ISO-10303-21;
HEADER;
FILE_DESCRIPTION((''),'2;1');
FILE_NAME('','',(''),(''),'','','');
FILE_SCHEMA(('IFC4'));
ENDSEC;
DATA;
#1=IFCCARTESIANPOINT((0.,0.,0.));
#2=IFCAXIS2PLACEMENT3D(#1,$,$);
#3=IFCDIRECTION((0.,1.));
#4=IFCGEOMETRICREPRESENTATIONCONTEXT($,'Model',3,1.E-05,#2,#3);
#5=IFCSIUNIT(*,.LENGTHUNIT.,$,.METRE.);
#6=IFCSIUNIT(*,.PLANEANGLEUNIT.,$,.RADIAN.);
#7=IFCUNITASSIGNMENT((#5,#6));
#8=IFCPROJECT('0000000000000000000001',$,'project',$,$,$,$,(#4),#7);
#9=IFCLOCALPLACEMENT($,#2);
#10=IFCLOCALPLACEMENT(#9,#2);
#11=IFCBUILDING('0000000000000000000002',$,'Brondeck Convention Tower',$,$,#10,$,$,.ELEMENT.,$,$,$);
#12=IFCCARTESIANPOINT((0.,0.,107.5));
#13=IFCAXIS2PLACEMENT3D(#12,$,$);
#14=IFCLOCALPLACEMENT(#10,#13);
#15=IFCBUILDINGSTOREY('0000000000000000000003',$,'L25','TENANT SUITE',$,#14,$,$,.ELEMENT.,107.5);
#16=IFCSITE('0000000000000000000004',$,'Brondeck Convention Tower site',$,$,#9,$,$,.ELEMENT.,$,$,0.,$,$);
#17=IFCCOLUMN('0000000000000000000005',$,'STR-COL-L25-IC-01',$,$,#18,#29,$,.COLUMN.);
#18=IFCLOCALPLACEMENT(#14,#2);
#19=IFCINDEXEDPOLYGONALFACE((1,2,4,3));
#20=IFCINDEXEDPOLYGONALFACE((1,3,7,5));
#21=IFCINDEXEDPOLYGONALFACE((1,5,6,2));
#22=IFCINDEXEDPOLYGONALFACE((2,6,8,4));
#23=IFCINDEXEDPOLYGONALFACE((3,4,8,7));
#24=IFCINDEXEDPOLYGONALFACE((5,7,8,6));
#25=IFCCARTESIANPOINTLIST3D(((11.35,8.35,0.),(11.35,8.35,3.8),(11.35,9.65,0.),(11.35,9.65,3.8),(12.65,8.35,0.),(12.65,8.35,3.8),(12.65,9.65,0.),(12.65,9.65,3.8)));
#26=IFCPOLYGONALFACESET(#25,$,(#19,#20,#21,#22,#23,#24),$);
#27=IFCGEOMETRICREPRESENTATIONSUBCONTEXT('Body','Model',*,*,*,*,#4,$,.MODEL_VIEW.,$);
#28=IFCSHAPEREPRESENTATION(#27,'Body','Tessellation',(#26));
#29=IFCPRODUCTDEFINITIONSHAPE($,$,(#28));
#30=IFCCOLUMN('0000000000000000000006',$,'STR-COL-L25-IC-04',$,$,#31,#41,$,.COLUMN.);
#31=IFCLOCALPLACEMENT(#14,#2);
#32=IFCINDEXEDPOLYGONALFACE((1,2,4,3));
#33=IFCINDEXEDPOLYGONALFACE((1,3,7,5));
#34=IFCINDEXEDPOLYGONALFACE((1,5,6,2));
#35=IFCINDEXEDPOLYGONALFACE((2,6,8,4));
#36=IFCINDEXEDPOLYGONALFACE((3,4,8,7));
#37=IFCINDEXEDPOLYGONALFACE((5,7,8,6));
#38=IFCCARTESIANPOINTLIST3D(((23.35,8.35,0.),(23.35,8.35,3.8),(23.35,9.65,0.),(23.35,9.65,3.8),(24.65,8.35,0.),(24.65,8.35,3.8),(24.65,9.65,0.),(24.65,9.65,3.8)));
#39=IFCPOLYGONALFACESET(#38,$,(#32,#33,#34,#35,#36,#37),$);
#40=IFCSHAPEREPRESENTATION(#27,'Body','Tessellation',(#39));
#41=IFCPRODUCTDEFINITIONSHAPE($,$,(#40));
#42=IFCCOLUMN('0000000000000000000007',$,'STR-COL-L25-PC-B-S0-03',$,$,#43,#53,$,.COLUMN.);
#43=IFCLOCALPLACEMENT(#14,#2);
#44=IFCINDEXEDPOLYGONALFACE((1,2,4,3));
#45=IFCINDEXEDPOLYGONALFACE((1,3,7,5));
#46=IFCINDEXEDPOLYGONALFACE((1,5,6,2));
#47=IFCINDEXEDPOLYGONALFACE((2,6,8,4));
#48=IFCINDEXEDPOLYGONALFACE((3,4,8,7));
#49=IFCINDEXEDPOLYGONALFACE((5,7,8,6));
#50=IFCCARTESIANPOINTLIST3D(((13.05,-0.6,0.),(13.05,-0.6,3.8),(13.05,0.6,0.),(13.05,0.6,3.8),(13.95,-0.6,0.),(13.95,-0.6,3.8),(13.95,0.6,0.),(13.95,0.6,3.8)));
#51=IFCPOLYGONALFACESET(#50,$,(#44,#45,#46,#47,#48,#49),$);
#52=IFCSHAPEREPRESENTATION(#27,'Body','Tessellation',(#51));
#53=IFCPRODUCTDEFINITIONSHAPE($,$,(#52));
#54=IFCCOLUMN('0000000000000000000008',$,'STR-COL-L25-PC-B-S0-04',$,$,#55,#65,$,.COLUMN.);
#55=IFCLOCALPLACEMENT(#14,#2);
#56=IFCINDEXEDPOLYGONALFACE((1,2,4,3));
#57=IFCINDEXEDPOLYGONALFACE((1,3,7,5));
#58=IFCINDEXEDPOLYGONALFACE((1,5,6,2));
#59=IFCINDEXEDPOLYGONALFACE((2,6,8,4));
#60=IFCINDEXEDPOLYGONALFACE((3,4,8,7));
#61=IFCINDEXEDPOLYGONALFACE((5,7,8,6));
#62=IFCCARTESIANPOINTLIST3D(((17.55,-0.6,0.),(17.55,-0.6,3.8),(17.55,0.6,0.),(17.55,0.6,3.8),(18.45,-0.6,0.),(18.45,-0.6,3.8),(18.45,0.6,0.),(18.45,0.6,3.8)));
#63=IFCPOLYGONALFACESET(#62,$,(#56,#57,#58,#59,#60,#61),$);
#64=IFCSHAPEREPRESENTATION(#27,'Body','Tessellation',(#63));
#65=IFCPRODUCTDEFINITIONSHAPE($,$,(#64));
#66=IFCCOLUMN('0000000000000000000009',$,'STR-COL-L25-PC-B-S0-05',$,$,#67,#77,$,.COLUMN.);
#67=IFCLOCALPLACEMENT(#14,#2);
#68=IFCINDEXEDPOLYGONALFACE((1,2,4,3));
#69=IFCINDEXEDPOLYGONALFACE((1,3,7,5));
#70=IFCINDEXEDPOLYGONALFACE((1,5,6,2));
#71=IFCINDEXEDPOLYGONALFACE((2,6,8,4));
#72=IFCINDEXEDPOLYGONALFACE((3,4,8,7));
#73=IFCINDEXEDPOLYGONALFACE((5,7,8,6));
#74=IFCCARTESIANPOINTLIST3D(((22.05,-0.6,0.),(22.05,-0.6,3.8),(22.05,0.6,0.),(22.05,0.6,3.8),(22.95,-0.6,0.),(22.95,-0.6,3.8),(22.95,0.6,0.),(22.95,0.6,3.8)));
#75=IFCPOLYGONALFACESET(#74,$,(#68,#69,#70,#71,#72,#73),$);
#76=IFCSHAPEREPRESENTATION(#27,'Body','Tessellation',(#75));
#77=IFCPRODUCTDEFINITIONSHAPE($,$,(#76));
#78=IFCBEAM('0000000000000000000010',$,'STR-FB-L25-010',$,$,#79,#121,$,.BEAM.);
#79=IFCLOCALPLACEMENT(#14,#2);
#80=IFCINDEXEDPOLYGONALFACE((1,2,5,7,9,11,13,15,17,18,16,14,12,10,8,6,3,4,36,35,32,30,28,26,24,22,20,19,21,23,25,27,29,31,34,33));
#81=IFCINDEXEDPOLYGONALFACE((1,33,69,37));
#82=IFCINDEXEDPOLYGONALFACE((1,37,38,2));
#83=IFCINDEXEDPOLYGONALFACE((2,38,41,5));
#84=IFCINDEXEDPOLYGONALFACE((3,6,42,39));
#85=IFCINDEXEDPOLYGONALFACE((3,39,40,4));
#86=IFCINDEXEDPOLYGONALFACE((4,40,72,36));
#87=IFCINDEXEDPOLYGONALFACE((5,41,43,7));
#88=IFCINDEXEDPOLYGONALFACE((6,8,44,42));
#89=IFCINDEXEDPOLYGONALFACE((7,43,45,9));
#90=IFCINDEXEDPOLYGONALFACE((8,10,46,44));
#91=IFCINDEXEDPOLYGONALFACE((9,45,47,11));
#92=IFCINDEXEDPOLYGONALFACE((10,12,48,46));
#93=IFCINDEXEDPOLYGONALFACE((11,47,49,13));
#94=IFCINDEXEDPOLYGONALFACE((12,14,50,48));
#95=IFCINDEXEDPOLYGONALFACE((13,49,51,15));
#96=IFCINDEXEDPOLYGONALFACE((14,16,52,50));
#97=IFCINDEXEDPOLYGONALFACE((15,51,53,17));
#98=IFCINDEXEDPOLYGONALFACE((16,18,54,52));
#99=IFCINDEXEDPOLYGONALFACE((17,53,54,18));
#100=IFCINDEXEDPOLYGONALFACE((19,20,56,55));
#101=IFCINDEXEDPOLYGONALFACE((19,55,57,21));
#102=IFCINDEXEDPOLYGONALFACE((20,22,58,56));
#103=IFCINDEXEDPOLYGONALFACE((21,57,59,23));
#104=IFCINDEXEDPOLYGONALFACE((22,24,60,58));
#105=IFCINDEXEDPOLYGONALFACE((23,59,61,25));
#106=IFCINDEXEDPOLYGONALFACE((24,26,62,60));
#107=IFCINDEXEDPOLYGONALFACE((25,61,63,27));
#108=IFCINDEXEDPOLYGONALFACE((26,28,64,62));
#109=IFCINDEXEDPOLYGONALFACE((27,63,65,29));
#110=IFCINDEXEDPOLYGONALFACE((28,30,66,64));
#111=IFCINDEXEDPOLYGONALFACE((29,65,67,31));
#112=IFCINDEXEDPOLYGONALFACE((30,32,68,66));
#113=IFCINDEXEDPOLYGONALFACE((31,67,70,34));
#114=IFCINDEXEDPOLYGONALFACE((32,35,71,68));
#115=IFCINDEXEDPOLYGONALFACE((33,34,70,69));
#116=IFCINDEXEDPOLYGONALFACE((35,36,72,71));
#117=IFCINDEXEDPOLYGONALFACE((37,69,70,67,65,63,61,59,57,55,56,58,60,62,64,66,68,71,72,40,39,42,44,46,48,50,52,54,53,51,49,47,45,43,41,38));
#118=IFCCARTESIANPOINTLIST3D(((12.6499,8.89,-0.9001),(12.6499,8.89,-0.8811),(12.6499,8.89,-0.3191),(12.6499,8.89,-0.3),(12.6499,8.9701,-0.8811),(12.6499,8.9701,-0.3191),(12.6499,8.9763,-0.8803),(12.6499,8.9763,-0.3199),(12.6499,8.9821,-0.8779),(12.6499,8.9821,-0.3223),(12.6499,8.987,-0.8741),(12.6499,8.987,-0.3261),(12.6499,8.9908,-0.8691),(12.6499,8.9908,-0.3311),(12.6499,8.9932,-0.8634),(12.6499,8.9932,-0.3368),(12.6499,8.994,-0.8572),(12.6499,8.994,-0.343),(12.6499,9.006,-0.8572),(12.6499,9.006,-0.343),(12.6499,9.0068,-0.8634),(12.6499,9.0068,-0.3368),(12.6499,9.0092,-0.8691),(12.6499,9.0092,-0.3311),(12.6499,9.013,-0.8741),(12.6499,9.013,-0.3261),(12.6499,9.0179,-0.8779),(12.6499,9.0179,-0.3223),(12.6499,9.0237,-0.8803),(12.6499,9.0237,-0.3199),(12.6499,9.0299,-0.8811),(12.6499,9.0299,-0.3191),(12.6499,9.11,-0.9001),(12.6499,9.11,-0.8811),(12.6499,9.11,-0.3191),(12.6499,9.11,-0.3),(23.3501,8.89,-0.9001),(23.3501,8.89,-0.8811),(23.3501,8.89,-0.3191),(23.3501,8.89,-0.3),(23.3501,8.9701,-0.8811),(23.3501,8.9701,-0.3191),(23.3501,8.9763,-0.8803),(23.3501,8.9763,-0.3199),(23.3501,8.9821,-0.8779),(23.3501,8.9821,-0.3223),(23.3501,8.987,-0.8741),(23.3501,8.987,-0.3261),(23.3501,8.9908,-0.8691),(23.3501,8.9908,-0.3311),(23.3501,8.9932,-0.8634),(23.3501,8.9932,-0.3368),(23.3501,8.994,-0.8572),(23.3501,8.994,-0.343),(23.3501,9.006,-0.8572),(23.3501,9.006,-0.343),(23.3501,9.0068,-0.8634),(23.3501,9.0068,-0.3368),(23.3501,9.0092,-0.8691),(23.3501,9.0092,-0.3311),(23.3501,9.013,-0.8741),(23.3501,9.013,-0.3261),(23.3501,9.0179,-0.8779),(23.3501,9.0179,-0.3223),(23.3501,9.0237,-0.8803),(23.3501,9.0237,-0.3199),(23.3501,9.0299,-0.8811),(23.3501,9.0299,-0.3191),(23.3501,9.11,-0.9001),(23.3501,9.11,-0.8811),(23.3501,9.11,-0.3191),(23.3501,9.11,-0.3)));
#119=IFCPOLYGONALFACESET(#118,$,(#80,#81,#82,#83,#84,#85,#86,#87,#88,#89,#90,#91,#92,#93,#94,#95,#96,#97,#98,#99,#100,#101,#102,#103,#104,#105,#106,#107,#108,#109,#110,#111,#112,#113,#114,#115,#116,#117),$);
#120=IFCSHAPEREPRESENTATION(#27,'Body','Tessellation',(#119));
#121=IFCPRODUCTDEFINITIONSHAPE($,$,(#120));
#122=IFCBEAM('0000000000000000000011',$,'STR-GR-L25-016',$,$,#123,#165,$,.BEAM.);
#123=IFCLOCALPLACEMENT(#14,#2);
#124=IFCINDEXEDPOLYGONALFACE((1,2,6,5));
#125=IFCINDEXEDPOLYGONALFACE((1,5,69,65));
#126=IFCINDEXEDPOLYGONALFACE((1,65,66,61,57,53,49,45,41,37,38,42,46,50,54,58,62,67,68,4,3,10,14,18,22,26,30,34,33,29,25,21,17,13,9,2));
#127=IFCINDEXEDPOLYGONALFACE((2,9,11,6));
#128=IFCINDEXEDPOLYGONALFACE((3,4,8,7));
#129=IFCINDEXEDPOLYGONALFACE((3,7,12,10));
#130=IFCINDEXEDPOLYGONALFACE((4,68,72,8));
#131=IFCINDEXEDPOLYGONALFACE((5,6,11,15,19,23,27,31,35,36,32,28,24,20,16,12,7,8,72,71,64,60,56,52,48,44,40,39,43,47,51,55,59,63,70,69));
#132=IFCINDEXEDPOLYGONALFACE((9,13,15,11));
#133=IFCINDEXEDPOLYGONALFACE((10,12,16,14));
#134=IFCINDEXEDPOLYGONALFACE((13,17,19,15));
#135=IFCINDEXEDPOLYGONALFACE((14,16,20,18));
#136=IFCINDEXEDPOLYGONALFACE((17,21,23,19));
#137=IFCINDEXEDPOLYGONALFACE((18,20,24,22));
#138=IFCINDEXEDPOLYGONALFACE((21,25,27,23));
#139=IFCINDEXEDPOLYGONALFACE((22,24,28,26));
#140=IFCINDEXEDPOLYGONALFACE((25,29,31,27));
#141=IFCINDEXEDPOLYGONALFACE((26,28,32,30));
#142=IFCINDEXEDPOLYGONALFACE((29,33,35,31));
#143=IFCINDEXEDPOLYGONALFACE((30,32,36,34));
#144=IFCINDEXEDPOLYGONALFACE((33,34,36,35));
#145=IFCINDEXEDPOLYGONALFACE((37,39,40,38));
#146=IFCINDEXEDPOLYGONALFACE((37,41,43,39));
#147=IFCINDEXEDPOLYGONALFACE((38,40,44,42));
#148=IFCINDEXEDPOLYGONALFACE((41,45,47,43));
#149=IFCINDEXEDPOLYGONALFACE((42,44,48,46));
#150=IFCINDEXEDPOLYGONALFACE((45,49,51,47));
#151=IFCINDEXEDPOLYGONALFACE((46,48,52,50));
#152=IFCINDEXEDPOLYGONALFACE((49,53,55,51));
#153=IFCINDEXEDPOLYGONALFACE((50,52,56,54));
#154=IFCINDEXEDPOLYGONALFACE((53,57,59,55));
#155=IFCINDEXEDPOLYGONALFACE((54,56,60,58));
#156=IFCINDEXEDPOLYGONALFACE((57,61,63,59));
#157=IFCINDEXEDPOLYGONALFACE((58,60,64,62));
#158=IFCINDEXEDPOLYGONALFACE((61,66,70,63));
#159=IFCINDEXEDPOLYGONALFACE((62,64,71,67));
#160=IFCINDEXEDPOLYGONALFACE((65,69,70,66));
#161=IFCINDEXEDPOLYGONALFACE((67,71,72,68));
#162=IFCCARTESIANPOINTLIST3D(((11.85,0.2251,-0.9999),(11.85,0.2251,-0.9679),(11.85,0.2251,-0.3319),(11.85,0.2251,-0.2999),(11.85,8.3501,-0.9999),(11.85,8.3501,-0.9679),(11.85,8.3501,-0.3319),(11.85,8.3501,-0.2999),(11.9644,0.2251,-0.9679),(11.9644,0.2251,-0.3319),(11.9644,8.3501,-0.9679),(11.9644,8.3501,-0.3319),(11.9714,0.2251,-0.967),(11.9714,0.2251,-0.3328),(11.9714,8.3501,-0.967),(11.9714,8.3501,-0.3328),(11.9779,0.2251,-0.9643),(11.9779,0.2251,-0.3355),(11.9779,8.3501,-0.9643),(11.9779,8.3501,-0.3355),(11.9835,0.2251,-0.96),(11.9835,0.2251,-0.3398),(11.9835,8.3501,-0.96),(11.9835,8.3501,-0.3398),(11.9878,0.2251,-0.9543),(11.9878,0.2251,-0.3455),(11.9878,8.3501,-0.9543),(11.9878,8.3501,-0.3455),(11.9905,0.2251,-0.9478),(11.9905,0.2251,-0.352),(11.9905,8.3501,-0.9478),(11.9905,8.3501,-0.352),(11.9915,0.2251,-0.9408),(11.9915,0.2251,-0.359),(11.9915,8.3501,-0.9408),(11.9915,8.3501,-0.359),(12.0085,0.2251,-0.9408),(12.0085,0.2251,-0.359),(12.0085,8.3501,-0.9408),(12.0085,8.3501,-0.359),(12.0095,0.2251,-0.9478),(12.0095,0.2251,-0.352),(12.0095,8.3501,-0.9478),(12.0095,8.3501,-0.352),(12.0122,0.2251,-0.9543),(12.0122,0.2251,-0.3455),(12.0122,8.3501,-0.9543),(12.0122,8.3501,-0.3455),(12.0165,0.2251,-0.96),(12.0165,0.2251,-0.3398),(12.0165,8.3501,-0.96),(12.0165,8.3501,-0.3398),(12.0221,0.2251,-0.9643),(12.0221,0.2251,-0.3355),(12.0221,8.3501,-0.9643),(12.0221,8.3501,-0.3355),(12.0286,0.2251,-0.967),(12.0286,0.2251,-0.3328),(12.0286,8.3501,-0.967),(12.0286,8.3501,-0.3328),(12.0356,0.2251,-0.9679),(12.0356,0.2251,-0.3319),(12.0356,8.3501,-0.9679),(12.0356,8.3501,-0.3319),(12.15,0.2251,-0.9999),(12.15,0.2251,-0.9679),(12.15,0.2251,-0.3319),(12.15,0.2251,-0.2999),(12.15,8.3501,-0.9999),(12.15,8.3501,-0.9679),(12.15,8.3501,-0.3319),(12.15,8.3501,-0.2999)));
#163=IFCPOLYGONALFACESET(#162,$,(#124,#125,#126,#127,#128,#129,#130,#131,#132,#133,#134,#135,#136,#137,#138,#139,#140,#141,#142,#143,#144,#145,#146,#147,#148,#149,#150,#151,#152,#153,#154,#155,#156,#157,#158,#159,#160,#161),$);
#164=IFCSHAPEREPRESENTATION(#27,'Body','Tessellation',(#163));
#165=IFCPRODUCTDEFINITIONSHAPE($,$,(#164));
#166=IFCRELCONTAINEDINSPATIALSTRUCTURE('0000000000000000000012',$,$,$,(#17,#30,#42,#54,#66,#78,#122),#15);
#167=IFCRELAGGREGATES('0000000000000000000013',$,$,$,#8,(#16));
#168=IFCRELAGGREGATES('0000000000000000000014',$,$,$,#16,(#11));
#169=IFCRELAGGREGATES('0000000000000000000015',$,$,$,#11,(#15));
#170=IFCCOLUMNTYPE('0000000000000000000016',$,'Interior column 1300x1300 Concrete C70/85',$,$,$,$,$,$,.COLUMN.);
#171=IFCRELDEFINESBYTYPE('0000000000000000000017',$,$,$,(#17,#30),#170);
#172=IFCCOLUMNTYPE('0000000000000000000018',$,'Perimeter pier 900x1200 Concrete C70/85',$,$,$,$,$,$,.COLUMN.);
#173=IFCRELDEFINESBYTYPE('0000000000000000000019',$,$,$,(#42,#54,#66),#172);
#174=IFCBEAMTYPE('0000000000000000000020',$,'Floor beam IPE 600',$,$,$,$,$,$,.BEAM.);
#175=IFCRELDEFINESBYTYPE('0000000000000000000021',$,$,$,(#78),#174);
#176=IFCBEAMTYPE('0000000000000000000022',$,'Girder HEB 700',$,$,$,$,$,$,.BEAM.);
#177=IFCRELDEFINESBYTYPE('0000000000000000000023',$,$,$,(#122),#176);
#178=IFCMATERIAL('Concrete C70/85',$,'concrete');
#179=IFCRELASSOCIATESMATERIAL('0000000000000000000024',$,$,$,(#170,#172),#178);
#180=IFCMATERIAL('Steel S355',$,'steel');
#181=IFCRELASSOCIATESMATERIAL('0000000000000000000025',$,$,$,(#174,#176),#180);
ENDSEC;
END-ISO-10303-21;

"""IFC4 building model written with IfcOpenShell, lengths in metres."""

from ifc_helpers import new_model, si_unit, direction, frame, origin, origin_2d, place, context, subcontext, project, spatial, rectangle, i_section, extrude, material, material_profile, profile_set, type_object, element, save


model = new_model("IFC4")

# Units and contexts
model_context = context("Model", 3, precision=1e-05, world=origin(), true_north=direction((0.0, 1.0)))
body_context = subcontext(model_context, "Body", "Model", "MODEL_VIEW")
ifc_project = project(units=[si_unit("LENGTHUNIT", "METRE"), si_unit("PLANEANGLEUNIT", "RADIAN")], contexts=[model_context])

# Site, building, storey
site_placement = place(None, origin())
site = spatial("IfcSite", under=ifc_project, at=site_placement, Name="Brondeck Convention Tower site", CompositionType="ELEMENT", RefElevation=0.0)
building_placement = place(site_placement, origin())
building = spatial("IfcBuilding", under=site, at=building_placement, Name="Brondeck Convention Tower", CompositionType="ELEMENT")
storey_placement = place(building_placement, frame((0.0, 0.0, 107.5)))
storey = spatial("IfcBuildingStorey", under=building, at=storey_placement, Name="L25", Description="TENANT SUITE", CompositionType="ELEMENT", Elevation=107.5)

# Columns
ifc_material_1 = material(Name="Concrete C70/85", Category="concrete")
ifc_material_profile_1 = material_profile(ifc_material_1, rectangle(XDim=1.3, YDim=1.3, at=origin_2d()), Name="Interior column 1300x1300 Concrete C70/85")
ifc_profile_set_1 = profile_set([ifc_material_profile_1], Name="Concrete C70/85")
column_type_1 = type_object("IfcColumnType", Name="Interior column 1300x1300 Concrete C70/85", PredefinedType="COLUMN", material=ifc_profile_set_1)
for number, where, z_axis, x_axis, name in (
    (1, (12.0, 9.0, 0.0), (0.0, 0.0, 1.0), (1.0, 0.0, 0.0), "STR-COL-L25-IC-01"),
    (2, (24.0, 9.0, 0.0), (0.0, 0.0, 1.0), (1.0, 0.0, 0.0), "STR-COL-L25-IC-04"),
):
    element("IfcColumn", number, at=place(storey_placement, frame(where, z_axis=z_axis, x_axis=x_axis)), inside=storey, type_object=column_type_1, Name=name, PredefinedType="COLUMN", context=body_context, shape_type="SweptSolid", body=[
        extrude(rectangle(XDim=1.3, YDim=1.3, at=origin_2d()), origin(), (0.0, 0.0, 1.0), 3.8),
    ])
ifc_material_profile_2 = material_profile(ifc_material_1, rectangle(XDim=0.8999, YDim=1.2, at=origin_2d()), Name="Perimeter pier 900x1200 Concrete C70/85")
ifc_profile_set_2 = profile_set([ifc_material_profile_2], Name="Concrete C70/85")
column_type_2 = type_object("IfcColumnType", Name="Perimeter pier 900x1200 Concrete C70/85", PredefinedType="COLUMN", material=ifc_profile_set_2)
for number, where, z_axis, x_axis, name in (
    (3, (13.5, 0.0, 0.0), (0.0, 0.0, 1.0), (1.0, 0.0, 0.0), "STR-COL-L25-PC-B-S0-03"),
    (4, (18.0, 0.0, 0.0), (0.0, 0.0, 1.0), (1.0, 0.0, 0.0), "STR-COL-L25-PC-B-S0-04"),
    (5, (22.5, 0.0, 0.0), (0.0, 0.0, 1.0), (1.0, 0.0, 0.0), "STR-COL-L25-PC-B-S0-05"),
):
    element("IfcColumn", number, at=place(storey_placement, frame(where, z_axis=z_axis, x_axis=x_axis)), inside=storey, type_object=column_type_2, Name=name, PredefinedType="COLUMN", context=body_context, shape_type="SweptSolid", body=[
        extrude(rectangle(XDim=0.8999, YDim=1.2, at=origin_2d()), origin(), (0.0, 0.0, 1.0), 3.8),
    ])

# Beams
ifc_material_2 = material(Name="Steel S355", Category="steel")
ifc_material_profile_3 = material_profile(ifc_material_2, i_section(OverallWidth=0.22, OverallDepth=0.6001, WebThickness=0.012, FlangeThickness=0.019, FilletRadius=0.0239, at=origin_2d()), Name="IPE 600")
ifc_profile_set_3 = profile_set([ifc_material_profile_3], Name="Steel S355")
beam_type_1 = type_object("IfcBeamType", Name="Floor beam IPE 600", PredefinedType="BEAM", material=ifc_profile_set_3)
beam_1_placement = place(storey_placement, frame((12.6499, 9.0, -0.6001), z_axis=(1.0, 0.0, 0.0), x_axis=(0.0, 1.0, 0.0)))
element("IfcBeam", 6, at=beam_1_placement, inside=storey, type_object=beam_type_1, Name="STR-FB-L25-010", PredefinedType="BEAM", context=body_context, shape_type="SweptSolid", body=[
    extrude(i_section(OverallWidth=0.22, OverallDepth=0.6001, WebThickness=0.012, FlangeThickness=0.019, FilletRadius=0.0239, at=origin_2d()), origin(), (0.0, 0.0, 1.0), 10.7002),
])
ifc_material_profile_4 = material_profile(ifc_material_2, i_section(OverallWidth=0.3, OverallDepth=0.7, WebThickness=0.0171, FlangeThickness=0.032, FilletRadius=0.0271, at=origin_2d()), Name="HEB 700")
ifc_profile_set_4 = profile_set([ifc_material_profile_4], Name="Steel S355")
beam_type_2 = type_object("IfcBeamType", Name="Girder HEB 700", PredefinedType="BEAM", material=ifc_profile_set_4)
beam_2_placement = place(storey_placement, frame((12.0, 8.3501, -0.6499), z_axis=(0.0, -1.0, 0.0), x_axis=(1.0, 0.0, 0.0)))
element("IfcBeam", 7, at=beam_2_placement, inside=storey, type_object=beam_type_2, Name="STR-GR-L25-016", PredefinedType="BEAM", context=body_context, shape_type="SweptSolid", body=[
    extrude(i_section(OverallWidth=0.3, OverallDepth=0.7, WebThickness=0.0171, FlangeThickness=0.032, FilletRadius=0.0271, at=origin_2d()), origin(), (0.0, 0.0, 1.0), 8.125),
])

save(model, "model.ifc")
